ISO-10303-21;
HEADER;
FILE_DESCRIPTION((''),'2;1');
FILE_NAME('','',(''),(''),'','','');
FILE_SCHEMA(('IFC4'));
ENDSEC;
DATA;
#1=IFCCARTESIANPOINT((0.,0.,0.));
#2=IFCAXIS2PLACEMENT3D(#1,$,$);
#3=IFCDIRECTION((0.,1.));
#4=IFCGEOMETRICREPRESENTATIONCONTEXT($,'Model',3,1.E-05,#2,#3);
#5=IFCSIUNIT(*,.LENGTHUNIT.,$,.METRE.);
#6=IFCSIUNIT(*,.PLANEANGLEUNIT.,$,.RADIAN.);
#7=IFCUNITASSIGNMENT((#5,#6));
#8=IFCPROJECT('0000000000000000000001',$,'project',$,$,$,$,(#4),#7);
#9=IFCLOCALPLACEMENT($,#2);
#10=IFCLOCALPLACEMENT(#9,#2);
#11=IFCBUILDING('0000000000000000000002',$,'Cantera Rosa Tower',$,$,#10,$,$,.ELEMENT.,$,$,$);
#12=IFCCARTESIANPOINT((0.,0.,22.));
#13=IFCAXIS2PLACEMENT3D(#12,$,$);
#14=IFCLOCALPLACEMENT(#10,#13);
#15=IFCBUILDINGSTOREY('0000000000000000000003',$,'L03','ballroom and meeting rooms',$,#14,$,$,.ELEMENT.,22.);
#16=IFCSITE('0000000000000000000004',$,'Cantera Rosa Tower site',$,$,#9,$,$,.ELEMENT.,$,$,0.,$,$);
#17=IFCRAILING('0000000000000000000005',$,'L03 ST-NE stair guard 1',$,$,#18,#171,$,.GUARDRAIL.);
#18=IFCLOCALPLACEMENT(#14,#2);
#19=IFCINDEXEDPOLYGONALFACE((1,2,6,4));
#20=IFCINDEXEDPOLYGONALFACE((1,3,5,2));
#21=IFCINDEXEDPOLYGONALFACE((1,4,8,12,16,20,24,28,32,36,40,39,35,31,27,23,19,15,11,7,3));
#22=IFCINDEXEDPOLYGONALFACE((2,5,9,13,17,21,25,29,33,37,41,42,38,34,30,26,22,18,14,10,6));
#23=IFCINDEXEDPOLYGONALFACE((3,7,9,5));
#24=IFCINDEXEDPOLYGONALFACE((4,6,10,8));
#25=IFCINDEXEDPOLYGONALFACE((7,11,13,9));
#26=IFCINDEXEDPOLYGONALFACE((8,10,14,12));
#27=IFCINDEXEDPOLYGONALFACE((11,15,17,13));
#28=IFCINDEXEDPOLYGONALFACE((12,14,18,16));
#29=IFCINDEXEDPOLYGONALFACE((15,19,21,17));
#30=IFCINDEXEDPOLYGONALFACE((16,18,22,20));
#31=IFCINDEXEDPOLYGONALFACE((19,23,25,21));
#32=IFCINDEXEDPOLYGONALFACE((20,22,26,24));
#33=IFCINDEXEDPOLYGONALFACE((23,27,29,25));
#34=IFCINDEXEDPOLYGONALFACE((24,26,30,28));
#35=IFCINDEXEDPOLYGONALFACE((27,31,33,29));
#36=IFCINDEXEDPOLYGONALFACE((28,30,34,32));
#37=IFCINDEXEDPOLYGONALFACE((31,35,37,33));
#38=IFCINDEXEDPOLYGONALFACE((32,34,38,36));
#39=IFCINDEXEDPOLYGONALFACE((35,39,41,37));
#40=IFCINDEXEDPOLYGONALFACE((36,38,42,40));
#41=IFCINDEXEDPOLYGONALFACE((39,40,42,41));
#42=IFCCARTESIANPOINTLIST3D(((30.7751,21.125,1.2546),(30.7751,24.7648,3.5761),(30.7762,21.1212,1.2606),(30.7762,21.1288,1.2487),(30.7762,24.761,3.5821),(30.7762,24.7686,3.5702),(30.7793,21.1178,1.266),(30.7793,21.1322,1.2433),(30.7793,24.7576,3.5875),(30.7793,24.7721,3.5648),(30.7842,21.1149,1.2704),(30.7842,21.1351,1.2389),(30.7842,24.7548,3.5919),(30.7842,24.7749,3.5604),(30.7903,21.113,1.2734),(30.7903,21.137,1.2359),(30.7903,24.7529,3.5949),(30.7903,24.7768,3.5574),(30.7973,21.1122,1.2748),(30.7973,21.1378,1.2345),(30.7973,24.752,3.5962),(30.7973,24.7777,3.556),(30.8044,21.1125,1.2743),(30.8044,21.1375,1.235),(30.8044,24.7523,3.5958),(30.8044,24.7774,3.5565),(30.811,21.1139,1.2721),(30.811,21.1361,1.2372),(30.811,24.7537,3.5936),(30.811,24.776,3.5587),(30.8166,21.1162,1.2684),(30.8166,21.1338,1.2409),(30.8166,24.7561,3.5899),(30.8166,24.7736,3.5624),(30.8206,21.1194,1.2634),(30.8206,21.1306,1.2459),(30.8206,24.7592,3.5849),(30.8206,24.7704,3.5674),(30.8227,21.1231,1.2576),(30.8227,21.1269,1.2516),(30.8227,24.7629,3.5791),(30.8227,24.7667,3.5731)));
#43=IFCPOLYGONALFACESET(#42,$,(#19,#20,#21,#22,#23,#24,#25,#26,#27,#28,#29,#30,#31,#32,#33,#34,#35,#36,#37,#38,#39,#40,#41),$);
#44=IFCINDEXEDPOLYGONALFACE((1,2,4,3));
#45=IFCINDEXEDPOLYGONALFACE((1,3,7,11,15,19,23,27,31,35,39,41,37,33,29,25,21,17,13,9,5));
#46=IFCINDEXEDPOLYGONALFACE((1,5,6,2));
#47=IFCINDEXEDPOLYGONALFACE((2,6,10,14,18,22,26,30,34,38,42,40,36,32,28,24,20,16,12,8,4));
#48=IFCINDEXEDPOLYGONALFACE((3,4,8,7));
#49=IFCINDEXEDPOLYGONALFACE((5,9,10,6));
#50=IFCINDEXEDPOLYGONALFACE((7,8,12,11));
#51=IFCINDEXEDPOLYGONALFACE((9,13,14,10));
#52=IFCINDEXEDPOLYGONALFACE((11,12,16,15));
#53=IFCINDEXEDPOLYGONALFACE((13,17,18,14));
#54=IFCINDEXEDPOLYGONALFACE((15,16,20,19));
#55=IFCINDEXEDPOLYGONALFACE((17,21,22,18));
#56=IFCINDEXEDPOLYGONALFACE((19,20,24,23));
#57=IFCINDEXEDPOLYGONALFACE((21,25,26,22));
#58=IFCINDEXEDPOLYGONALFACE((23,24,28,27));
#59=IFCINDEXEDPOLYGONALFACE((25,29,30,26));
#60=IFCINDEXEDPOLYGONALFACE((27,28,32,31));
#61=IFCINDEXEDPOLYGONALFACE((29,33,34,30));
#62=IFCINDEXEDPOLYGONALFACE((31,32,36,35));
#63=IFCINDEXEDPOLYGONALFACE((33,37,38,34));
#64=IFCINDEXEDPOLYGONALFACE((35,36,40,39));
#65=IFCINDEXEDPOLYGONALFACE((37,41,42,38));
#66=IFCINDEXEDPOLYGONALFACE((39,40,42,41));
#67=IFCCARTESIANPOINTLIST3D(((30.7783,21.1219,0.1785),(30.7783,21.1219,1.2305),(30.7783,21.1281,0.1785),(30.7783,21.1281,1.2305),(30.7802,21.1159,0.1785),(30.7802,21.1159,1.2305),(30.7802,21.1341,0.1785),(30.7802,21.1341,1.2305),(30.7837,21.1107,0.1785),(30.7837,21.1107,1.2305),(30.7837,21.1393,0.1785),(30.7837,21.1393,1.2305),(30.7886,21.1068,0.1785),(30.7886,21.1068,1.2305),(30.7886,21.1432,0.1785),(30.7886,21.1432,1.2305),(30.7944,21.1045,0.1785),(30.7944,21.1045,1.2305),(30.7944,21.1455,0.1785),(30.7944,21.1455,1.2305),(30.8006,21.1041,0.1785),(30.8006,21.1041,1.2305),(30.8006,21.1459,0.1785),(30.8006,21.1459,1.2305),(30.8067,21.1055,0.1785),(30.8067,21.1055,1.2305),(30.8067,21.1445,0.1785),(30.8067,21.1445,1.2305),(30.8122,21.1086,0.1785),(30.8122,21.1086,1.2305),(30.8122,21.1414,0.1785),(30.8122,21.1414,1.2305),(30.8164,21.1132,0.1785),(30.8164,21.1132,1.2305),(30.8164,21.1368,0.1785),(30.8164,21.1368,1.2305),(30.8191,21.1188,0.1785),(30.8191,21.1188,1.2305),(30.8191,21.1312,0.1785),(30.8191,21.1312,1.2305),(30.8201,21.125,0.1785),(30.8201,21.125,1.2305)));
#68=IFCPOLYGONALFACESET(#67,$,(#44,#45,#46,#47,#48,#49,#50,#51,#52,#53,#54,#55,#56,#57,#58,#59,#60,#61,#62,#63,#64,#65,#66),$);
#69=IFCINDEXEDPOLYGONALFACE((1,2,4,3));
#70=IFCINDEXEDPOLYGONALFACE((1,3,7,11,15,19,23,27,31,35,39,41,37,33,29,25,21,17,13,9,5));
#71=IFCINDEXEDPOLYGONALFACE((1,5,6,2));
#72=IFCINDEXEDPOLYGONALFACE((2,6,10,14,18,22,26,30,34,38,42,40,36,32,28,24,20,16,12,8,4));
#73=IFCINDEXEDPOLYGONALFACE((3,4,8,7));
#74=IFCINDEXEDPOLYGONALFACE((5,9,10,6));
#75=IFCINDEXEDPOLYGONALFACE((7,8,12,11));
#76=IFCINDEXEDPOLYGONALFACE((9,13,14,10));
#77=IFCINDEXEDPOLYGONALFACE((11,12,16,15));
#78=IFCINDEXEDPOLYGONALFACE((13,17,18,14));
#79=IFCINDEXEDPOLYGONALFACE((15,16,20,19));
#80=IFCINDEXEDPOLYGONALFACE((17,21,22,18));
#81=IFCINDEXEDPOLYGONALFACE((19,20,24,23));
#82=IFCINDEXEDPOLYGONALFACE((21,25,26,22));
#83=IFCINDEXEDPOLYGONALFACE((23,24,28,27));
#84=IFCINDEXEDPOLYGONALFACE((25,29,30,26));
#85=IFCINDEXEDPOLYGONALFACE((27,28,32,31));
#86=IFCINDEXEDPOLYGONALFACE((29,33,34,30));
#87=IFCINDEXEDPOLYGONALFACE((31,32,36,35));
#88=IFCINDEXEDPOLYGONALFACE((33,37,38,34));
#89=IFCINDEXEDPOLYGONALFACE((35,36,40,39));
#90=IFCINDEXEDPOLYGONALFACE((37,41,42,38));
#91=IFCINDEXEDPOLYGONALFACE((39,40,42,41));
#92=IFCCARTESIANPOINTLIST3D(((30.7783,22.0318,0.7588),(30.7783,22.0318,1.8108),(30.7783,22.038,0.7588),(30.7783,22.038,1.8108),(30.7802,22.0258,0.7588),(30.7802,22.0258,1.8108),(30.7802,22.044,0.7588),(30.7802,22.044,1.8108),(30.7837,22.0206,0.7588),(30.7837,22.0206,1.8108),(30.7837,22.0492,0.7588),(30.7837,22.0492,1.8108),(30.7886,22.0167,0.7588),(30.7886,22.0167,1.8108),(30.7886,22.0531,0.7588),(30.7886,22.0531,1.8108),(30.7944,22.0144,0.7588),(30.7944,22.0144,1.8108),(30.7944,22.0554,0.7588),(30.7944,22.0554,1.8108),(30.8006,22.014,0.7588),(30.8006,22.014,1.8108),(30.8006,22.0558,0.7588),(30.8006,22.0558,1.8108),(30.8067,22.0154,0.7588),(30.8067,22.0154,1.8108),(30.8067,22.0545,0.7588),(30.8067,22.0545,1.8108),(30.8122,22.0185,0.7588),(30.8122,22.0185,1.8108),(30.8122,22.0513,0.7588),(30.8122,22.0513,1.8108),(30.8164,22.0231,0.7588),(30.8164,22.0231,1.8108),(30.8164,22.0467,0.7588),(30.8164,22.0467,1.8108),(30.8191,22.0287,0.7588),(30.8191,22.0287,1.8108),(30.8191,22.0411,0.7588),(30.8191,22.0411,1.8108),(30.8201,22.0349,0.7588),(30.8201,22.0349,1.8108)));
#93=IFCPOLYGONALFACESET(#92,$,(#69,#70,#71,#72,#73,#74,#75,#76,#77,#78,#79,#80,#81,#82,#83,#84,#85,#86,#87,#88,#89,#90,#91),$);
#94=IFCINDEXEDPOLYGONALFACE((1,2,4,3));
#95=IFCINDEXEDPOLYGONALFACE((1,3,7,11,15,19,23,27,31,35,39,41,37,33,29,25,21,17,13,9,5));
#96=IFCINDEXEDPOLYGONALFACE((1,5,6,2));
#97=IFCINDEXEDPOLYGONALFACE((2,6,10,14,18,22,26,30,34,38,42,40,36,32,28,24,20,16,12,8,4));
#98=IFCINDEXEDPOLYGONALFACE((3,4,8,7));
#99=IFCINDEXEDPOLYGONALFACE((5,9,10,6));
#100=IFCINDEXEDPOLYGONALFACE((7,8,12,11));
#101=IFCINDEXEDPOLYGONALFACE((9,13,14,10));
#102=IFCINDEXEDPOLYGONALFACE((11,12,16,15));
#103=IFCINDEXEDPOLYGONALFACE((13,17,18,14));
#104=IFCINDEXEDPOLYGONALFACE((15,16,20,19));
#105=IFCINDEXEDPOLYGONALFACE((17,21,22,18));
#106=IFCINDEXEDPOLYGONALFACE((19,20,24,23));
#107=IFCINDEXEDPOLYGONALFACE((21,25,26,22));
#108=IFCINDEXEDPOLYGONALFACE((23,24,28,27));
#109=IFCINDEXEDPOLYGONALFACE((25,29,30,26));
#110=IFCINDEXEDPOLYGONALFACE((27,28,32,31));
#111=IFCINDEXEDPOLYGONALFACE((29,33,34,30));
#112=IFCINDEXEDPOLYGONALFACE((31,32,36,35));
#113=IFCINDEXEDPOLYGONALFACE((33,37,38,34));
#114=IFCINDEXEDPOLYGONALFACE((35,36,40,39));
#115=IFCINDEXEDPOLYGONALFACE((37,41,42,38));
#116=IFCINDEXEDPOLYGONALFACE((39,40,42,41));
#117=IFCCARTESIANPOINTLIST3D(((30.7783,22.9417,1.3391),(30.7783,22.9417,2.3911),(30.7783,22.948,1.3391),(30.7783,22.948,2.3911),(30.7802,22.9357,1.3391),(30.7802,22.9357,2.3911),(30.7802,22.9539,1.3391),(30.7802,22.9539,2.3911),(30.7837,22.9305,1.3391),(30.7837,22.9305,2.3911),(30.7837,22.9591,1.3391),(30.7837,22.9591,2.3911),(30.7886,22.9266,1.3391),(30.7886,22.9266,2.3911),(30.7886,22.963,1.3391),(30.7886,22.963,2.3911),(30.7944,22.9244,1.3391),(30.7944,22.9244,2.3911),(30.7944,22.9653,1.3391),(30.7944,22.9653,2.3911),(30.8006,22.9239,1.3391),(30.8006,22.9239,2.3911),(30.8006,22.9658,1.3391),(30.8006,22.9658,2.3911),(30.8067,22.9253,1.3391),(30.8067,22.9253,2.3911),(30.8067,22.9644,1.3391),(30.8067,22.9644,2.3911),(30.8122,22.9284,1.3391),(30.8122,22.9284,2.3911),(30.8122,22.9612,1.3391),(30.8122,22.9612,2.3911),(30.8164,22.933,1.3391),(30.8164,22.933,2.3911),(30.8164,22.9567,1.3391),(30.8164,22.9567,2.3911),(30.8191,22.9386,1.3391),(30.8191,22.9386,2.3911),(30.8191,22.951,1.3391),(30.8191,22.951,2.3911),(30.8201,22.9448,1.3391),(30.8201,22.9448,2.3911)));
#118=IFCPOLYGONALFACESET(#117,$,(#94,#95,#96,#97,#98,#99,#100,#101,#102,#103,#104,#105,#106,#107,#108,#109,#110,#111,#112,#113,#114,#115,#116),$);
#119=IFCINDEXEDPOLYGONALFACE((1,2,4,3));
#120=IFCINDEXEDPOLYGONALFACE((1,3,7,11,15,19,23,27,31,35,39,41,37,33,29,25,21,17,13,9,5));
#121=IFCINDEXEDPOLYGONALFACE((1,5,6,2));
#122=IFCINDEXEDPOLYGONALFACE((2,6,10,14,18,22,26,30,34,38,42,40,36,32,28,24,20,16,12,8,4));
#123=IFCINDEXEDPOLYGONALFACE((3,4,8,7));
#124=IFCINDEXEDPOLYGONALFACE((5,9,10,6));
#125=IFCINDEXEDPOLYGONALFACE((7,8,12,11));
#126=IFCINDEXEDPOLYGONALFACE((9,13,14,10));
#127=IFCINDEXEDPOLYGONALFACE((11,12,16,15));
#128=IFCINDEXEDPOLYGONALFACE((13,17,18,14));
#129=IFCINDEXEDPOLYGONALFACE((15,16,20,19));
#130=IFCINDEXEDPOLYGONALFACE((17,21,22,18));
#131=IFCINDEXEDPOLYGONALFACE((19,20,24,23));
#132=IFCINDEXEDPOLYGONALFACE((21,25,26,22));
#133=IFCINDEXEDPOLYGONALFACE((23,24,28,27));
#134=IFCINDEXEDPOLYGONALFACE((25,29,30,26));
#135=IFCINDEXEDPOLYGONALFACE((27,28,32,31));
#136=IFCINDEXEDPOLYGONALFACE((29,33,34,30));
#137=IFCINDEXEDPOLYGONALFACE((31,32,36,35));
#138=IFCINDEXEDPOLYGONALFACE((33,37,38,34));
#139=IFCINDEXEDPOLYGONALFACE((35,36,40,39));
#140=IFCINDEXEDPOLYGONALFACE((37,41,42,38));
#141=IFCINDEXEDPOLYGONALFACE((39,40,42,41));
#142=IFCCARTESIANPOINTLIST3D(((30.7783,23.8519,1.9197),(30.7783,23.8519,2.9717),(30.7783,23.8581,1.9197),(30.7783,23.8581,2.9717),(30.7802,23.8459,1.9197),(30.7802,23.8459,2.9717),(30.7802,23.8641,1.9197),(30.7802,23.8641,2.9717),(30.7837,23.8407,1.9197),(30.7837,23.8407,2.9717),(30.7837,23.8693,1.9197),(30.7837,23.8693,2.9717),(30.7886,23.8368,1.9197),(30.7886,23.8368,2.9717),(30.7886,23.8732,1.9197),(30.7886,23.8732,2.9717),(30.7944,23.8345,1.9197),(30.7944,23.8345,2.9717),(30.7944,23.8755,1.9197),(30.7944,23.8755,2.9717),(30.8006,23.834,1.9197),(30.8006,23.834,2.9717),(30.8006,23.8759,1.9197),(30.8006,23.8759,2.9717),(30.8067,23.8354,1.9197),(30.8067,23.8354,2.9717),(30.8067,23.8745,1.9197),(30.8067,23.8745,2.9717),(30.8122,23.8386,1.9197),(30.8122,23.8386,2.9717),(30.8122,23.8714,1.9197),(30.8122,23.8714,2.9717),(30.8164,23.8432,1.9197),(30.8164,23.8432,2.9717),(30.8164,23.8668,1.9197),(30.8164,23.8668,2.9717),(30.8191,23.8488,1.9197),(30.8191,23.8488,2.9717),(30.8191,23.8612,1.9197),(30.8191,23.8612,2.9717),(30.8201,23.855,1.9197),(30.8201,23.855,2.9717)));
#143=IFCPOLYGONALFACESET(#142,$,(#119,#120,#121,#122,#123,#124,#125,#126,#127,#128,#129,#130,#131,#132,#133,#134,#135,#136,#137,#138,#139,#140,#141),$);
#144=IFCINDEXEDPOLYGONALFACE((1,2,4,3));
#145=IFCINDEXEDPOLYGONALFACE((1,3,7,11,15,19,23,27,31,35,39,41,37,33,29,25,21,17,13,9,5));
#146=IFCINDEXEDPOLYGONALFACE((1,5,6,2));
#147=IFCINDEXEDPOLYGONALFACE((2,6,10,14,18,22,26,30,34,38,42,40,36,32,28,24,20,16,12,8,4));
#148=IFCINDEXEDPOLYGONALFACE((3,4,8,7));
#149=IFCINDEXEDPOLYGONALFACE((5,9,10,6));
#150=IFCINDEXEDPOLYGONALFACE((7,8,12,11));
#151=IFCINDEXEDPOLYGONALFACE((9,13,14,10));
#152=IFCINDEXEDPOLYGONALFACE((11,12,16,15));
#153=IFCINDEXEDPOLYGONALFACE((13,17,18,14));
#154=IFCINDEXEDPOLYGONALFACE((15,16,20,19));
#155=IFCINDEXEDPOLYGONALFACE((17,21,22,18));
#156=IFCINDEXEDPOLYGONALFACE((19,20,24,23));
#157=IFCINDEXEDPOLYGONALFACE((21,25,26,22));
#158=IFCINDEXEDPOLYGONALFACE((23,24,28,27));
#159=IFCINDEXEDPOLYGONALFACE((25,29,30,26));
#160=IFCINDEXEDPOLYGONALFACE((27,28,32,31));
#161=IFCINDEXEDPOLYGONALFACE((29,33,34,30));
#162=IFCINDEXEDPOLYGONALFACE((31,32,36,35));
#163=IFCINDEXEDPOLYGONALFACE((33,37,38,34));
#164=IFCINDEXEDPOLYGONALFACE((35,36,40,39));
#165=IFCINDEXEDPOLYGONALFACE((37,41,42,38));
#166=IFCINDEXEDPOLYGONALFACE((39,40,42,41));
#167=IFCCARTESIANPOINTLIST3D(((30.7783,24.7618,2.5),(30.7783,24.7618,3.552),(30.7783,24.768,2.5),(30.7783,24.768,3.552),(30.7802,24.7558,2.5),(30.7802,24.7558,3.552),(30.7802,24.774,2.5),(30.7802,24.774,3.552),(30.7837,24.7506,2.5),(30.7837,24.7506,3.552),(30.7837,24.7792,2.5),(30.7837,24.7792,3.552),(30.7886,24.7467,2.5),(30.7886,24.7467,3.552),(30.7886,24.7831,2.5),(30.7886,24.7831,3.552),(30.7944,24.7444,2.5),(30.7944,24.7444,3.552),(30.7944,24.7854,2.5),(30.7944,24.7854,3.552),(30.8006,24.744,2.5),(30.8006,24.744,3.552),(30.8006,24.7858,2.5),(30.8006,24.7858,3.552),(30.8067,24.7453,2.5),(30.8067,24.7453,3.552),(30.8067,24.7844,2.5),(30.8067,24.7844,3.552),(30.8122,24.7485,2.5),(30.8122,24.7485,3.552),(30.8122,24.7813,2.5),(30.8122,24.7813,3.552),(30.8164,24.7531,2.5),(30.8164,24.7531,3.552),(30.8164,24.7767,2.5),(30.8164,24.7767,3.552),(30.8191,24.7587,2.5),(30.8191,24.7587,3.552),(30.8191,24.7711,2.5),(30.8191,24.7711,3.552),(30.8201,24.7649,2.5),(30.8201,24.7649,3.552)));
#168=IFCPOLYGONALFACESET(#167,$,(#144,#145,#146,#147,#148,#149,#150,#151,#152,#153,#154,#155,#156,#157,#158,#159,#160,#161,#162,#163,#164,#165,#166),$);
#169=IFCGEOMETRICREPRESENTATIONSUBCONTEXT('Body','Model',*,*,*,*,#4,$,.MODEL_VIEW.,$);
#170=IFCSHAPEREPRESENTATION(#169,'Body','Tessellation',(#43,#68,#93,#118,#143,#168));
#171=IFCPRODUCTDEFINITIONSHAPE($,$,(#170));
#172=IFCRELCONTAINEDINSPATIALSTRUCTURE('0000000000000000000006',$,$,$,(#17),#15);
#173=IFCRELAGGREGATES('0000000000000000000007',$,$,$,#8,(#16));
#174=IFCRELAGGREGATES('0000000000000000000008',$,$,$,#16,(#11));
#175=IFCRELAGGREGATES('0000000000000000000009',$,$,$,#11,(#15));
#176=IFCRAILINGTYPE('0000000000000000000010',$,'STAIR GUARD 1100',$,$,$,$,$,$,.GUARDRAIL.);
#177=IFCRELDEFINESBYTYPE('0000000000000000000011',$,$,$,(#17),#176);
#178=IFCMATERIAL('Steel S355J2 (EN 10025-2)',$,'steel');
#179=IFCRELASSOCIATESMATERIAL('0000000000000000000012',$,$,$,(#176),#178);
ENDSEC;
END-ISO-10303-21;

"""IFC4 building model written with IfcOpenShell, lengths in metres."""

from ifc_helpers import new_model, si_unit, direction, frame, origin, origin_2d, place, context, subcontext, project, spatial, circle, extrude, material, type_object, element, save


model = new_model("IFC4")

# Units and contexts
model_context = context("Model", 3, precision=1e-05, world=origin(), true_north=direction((0.0, 1.0)))
body_context = subcontext(model_context, "Body", "Model", "MODEL_VIEW")
ifc_project = project(units=[si_unit("LENGTHUNIT", "METRE"), si_unit("PLANEANGLEUNIT", "RADIAN")], contexts=[model_context])

# Site, building, storey
site_placement = place(None, origin())
site = spatial("IfcSite", under=ifc_project, at=site_placement, Name="Cantera Rosa Tower site", CompositionType="ELEMENT", RefElevation=0.0)
building_placement = place(site_placement, origin())
building = spatial("IfcBuilding", under=site, at=building_placement, Name="Cantera Rosa Tower", CompositionType="ELEMENT")
storey_placement = place(building_placement, frame((0.0, 0.0, 22.0)))
storey = spatial("IfcBuildingStorey", under=building, at=storey_placement, Name="L03", Description="ballroom and meeting rooms", CompositionType="ELEMENT", Elevation=22.0)

# Railing
ifc_material_1 = material(Name="Steel S355J2 (EN 10025-2)", Category="steel")
railing_type_1 = type_object("IfcRailingType", Name="STAIR GUARD 1100", PredefinedType="GUARDRAIL", material=ifc_material_1)
railing_1_placement = place(storey_placement, frame((30.7991, 21.125, 0.1785)))
element("IfcRailing", 1, at=railing_1_placement, inside=storey, type_object=railing_type_1, Name="L03 ST-NE stair guard 1", PredefinedType="GUARDRAIL", context=body_context, shape_type="SweptSolid", body=[
    extrude(circle(Radius=0.0239, at=origin_2d()), frame((0.0, 0.0, 1.0762), z_axis=(0.0, 0.843112, 0.537739), x_axis=(-1.0, 0.0, 0.0)), (0.0, 0.0, 1.0), 4.3171),
    extrude(circle(Radius=0.021, at=origin_2d()), origin(), (0.0, 0.0, 1.0), 1.052),
    extrude(circle(Radius=0.021, at=origin_2d()), frame((0.0, 0.9099, 0.5803)), (0.0, 0.0, 1.0), 1.052),
    extrude(circle(Radius=0.021, at=origin_2d()), frame((0.0, 1.8198, 1.1606)), (0.0, 0.0, 1.0), 1.052),
    extrude(circle(Radius=0.021, at=origin_2d()), frame((0.0, 2.73, 1.7412)), (0.0, 0.0, 1.0), 1.052),
    extrude(circle(Radius=0.021, at=origin_2d()), frame((0.0, 3.6399, 2.3215)), (0.0, 0.0, 1.0), 1.052),
])

save(model, "model.ifc")
